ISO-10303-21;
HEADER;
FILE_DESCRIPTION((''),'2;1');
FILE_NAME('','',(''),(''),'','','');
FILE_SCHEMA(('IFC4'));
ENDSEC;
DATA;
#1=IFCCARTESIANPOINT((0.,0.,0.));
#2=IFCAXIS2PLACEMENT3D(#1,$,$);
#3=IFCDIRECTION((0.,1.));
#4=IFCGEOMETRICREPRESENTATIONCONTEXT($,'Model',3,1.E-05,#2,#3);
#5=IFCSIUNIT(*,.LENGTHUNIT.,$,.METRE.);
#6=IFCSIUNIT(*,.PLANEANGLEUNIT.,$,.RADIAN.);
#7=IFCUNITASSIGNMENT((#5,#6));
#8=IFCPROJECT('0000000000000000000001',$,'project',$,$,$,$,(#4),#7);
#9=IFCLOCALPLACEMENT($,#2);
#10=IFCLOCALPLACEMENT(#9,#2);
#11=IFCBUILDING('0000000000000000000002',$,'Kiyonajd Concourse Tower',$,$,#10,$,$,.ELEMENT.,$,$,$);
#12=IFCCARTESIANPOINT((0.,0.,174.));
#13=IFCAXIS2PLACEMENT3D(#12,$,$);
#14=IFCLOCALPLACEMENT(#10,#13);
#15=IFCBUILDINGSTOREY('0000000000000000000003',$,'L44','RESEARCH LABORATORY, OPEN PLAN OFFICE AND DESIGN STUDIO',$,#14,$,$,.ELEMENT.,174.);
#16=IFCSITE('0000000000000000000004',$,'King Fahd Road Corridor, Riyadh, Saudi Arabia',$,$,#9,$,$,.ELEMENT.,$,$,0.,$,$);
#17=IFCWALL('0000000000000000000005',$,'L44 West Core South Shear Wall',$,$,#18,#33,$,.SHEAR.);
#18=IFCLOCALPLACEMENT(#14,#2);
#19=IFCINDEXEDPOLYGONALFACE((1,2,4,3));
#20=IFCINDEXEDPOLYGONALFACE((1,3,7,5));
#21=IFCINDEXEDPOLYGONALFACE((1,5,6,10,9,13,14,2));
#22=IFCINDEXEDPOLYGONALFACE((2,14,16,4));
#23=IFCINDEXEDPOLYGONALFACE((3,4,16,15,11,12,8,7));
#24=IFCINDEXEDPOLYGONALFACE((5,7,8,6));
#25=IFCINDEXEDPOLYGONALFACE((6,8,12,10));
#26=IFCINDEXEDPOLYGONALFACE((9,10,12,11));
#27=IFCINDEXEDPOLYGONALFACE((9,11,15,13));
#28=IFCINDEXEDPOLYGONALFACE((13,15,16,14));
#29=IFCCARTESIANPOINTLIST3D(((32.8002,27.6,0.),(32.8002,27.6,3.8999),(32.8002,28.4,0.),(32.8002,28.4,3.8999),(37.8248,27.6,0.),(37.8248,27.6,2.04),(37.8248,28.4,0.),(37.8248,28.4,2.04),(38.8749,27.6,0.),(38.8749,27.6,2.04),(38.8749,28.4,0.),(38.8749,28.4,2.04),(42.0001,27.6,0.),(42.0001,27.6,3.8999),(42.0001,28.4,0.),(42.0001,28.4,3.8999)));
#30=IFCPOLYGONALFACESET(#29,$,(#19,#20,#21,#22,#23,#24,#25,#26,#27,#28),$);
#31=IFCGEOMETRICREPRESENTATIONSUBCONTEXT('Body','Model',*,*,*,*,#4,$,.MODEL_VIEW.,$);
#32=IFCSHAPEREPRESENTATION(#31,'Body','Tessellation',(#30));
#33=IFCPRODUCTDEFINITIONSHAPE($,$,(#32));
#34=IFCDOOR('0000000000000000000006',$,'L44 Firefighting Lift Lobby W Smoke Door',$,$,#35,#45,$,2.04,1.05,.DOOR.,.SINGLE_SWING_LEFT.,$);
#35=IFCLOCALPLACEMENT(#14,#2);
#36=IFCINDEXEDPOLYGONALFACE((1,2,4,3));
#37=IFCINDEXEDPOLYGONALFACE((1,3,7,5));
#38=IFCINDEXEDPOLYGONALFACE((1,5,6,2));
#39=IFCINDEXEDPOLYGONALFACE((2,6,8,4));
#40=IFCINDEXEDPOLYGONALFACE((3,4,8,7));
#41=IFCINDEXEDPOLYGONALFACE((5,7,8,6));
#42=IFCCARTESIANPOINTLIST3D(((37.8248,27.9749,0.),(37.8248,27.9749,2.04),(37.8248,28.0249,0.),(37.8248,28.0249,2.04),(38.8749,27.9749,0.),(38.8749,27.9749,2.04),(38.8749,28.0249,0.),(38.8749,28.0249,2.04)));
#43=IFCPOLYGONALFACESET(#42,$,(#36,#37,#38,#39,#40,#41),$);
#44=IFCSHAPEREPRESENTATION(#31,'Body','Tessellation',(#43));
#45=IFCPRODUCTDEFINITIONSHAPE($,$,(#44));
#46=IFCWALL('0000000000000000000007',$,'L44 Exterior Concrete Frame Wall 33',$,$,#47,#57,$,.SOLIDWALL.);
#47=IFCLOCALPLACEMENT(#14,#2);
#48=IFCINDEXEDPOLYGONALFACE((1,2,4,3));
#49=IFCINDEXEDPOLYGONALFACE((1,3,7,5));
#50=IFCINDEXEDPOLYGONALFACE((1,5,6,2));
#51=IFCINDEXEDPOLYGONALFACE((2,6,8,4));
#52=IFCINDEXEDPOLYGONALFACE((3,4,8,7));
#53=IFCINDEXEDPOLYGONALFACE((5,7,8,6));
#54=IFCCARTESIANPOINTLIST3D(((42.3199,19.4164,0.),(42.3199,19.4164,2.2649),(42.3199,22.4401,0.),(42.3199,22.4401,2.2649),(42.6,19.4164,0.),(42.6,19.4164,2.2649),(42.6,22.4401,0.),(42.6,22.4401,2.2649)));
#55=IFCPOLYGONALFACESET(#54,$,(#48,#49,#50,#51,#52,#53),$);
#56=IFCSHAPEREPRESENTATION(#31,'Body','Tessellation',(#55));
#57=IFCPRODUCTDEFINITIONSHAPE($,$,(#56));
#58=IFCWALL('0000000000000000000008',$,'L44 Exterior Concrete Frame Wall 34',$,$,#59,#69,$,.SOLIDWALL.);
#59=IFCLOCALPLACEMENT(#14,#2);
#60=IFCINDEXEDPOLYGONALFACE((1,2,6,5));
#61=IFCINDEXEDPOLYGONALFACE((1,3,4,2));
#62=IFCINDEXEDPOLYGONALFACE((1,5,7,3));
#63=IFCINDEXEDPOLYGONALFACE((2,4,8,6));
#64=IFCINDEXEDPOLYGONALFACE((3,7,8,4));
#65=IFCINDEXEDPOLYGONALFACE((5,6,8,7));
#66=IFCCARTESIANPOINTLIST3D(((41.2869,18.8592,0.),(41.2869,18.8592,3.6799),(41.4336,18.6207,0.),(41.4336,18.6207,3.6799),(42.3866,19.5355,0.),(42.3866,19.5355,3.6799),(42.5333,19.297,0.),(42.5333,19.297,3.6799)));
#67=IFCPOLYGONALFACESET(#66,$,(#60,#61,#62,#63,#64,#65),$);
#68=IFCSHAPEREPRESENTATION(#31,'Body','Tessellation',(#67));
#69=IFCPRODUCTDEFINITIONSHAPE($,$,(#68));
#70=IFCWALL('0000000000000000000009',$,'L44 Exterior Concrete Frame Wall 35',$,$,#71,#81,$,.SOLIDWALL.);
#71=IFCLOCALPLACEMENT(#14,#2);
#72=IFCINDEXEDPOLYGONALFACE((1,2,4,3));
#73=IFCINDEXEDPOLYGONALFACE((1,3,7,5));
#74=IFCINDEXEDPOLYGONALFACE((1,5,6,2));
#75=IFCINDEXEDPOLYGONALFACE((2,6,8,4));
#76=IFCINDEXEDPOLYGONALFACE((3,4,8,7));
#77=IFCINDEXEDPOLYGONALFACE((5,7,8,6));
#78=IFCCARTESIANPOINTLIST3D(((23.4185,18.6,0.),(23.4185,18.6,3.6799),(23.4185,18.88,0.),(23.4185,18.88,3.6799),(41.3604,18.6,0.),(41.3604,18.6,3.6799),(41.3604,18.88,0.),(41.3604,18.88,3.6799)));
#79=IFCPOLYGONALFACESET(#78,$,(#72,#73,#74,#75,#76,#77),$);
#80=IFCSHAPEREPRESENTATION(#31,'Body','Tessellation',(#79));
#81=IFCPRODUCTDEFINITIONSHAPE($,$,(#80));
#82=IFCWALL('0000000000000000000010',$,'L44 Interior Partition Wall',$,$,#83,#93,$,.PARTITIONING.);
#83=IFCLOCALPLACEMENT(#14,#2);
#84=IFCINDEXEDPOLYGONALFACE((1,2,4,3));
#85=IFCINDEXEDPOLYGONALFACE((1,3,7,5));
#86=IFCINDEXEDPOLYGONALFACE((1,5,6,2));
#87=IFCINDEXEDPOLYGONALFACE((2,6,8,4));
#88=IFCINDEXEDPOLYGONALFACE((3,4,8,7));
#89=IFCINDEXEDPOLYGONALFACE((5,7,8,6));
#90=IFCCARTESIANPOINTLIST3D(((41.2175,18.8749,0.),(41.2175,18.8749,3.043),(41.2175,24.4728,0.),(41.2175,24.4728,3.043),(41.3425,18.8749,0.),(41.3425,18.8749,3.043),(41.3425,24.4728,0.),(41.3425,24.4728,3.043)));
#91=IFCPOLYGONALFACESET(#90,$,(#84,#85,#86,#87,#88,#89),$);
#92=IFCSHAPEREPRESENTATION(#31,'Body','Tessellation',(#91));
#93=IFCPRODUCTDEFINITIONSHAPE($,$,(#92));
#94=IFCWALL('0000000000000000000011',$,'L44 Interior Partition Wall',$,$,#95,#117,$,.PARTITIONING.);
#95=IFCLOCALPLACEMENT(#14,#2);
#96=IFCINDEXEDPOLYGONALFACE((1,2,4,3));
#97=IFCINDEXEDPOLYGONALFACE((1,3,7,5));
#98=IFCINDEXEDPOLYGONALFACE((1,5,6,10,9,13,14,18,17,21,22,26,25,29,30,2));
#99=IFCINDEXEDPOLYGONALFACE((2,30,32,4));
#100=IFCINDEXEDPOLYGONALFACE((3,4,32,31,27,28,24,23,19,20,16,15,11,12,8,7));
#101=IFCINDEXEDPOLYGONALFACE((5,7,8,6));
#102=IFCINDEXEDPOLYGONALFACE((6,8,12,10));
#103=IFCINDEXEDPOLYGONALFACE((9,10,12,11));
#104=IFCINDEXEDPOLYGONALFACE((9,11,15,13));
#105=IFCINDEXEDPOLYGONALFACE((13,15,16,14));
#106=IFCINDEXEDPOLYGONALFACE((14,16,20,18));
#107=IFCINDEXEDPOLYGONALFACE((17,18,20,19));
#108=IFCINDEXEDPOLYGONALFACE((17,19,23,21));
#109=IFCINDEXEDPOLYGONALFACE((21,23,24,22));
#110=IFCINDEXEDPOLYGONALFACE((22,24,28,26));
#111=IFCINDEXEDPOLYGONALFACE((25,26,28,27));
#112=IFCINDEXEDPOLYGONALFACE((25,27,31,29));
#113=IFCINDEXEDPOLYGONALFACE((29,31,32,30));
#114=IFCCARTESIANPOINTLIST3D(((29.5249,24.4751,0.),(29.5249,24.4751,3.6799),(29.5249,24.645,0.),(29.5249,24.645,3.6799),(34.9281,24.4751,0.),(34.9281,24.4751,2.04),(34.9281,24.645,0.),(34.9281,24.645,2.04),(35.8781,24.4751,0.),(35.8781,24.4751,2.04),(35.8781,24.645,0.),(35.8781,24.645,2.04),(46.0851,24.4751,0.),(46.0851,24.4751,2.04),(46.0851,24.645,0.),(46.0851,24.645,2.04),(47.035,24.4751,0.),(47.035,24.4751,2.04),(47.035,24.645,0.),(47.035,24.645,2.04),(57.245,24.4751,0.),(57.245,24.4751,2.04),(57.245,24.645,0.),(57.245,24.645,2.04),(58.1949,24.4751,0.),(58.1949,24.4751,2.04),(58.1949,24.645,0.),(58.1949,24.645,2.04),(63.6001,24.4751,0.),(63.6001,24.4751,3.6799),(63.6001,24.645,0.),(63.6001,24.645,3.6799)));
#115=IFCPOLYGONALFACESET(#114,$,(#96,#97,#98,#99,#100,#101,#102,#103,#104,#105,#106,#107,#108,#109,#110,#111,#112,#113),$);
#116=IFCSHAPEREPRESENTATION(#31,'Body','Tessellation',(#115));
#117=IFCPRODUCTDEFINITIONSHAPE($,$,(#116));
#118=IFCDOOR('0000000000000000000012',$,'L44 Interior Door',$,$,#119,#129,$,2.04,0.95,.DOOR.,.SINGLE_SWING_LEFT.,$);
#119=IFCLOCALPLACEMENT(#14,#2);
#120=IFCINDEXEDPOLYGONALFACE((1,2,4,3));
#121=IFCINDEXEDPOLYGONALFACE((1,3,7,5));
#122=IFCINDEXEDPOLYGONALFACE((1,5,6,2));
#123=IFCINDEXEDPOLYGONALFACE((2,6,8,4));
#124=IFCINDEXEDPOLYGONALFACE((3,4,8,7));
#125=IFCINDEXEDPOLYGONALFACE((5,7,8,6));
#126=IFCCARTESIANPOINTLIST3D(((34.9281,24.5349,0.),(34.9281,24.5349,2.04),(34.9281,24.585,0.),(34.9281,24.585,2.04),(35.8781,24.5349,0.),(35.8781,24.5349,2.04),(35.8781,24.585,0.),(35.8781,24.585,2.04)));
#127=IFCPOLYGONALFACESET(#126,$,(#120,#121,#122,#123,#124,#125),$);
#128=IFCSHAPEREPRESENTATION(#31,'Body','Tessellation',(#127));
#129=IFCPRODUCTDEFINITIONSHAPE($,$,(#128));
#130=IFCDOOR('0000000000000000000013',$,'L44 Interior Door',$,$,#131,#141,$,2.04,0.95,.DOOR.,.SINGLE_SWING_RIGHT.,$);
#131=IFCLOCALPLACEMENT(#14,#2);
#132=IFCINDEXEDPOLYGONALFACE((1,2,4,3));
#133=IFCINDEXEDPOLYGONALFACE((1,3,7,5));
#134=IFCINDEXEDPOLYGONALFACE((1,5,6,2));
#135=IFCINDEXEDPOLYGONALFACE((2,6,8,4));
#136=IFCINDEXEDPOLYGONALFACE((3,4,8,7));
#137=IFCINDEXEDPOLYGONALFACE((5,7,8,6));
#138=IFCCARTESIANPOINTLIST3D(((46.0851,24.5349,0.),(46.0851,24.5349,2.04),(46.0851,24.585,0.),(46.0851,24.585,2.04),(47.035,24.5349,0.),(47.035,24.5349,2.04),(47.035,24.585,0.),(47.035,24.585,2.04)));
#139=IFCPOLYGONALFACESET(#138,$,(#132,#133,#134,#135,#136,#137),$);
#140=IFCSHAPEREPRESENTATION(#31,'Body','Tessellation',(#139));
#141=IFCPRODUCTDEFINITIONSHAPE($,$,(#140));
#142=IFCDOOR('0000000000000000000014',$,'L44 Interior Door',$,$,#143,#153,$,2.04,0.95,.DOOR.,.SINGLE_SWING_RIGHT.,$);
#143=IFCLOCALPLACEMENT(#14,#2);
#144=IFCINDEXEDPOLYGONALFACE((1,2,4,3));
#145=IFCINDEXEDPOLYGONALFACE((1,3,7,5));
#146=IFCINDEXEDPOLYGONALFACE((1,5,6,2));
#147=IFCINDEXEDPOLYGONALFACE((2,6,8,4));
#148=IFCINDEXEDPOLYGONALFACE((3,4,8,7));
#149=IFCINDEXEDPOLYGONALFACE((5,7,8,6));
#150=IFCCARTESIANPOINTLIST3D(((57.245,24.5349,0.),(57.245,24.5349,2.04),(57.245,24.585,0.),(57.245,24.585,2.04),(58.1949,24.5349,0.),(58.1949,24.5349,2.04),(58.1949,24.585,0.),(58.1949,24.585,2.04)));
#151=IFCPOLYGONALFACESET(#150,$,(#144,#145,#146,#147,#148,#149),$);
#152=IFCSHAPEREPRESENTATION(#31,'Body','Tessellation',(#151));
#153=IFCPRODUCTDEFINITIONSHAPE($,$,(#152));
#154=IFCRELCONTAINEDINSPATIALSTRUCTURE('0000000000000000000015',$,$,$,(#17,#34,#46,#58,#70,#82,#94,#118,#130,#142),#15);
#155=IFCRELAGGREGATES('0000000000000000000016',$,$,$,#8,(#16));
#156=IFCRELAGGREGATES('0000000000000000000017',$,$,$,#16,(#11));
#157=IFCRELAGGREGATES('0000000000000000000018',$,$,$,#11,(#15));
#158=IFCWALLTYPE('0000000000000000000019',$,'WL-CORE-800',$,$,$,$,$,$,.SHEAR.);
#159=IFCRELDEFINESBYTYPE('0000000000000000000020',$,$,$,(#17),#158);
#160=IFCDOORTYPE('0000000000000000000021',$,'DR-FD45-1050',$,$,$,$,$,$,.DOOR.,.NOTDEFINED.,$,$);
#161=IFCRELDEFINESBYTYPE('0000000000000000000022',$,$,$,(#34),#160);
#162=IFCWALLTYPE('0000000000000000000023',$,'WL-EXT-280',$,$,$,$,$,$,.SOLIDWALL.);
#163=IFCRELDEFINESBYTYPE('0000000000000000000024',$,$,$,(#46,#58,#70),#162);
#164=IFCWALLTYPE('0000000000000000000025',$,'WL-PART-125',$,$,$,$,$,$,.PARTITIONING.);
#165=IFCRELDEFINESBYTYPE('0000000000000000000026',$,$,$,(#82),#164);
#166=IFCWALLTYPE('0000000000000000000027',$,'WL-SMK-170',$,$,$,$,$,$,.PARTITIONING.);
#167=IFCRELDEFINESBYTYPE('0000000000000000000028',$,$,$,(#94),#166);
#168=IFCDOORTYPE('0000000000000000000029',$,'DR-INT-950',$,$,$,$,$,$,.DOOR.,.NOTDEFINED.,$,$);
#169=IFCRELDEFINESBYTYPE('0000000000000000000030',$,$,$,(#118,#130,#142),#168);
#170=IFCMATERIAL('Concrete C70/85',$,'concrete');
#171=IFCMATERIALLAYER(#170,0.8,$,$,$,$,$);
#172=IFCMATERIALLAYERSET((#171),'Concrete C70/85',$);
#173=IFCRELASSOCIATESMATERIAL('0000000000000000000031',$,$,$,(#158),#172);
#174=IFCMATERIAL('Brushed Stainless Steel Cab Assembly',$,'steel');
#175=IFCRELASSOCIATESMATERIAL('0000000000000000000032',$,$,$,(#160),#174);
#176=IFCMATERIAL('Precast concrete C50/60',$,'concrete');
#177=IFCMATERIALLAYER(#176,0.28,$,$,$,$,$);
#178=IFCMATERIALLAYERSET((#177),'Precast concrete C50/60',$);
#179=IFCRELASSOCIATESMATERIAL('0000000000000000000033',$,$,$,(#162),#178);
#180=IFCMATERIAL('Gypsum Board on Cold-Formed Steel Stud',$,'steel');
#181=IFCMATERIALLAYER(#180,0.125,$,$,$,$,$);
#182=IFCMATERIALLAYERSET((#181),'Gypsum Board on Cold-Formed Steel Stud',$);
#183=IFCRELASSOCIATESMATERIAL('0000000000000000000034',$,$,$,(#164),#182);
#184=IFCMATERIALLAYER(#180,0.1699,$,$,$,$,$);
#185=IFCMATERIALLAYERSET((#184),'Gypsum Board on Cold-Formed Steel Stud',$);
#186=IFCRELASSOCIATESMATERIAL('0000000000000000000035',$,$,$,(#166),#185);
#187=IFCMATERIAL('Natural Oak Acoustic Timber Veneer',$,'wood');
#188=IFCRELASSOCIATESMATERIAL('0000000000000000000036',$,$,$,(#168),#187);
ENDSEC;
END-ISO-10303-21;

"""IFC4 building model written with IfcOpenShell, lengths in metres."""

from ifc_helpers import new_model, si_unit, direction, frame, frame_2d, origin, place, context, subcontext, project, spatial, rectangle, extrude, material, layer, layer_set, type_object, element, fill, save


model = new_model("IFC4")

# Units and contexts
model_context = context("Model", 3, precision=1e-05, world=origin(), true_north=direction((0.0, 1.0)))
body_context = subcontext(model_context, "Body", "Model", "MODEL_VIEW")
ifc_project = project(units=[si_unit("LENGTHUNIT", "METRE"), si_unit("PLANEANGLEUNIT", "RADIAN")], contexts=[model_context])

# Site, building, storey
site_placement = place(None, origin())
site = spatial("IfcSite", under=ifc_project, at=site_placement, Name="King Fahd Road Corridor, Riyadh, Saudi Arabia", CompositionType="ELEMENT", RefElevation=0.0)
building_placement = place(site_placement, origin())
building = spatial("IfcBuilding", under=site, at=building_placement, Name="Kiyonajd Concourse Tower", CompositionType="ELEMENT")
storey_placement = place(building_placement, frame((0.0, 0.0, 174.0)))
storey = spatial("IfcBuildingStorey", under=building, at=storey_placement, Name="L44", Description="RESEARCH LABORATORY, OPEN PLAN OFFICE AND DESIGN STUDIO", CompositionType="ELEMENT", Elevation=174.0)

# Shared definitions
ifc_material_1 = material(Name="Concrete C70/85", Category="concrete")

# Shared definitions
ifc_layer_1 = layer(ifc_material_1, 0.8)
ifc_layer_set_1 = layer_set([ifc_layer_1], Name="Concrete C70/85")
wall_type_1 = type_object("IfcWallType", Name="WL-CORE-800", PredefinedType="SHEAR", material=ifc_layer_set_1)

# Wall, opening, door
wall_1_placement = place(storey_placement, frame((32.8, 28.0, 0.0), z_axis=(0.0, 0.0, 1.0), x_axis=(1.0, 0.0, 0.0)))
wall_1 = element("IfcWall", 1, at=wall_1_placement, inside=storey, type_object=wall_type_1, Name="L44 West Core South Shear Wall", PredefinedType="SHEAR", context=body_context, shape_type="SweptSolid", body=[
    extrude(rectangle(XDim=9.2, YDim=0.8, at=frame_2d((4.6001, 0.0))), origin(), (0.0, 0.0, 1.0), 3.8999),
])
opening_1_placement = place(wall_1_placement, frame((5.0249, 0.0, 0.0)))
opening_1 = element("IfcOpeningElement", 2, at=opening_1_placement, cuts=wall_1, PredefinedType="OPENING", context=body_context, shape_type="SweptSolid", body=[
    extrude(rectangle(XDim=1.05, YDim=2.04, at=frame_2d((0.5249, 1.02))), frame((0.0, 0.4099, 0.0), z_axis=(0.0, -1.0, 0.0), x_axis=(1.0, 0.0, 0.0)), (0.0, 0.0, 1.0), 0.8201),
])
ifc_material_2 = material(Name="Brushed Stainless Steel Cab Assembly", Category="steel")
door_type_1 = type_object("IfcDoorType", Name="DR-FD45-1050", OperationType="NOTDEFINED", PredefinedType="DOOR", material=ifc_material_2)
door_1_placement = place(opening_1_placement, origin())
door_1 = element("IfcDoor", 3, at=door_1_placement, inside=storey, type_object=door_type_1, Name="L44 Firefighting Lift Lobby W Smoke Door", OperationType="SINGLE_SWING_LEFT", OverallHeight=2.04, OverallWidth=1.05, PredefinedType="DOOR", context=body_context, shape_type="SweptSolid", body=[
    extrude(rectangle(XDim=1.05, YDim=2.04, at=frame_2d((0.5249, 1.02))), frame((0.0, 0.0249, 0.0), z_axis=(0.0, -1.0, 0.0), x_axis=(1.0, 0.0, 0.0)), (0.0, 0.0, 1.0), 0.05),
])
fill(opening_1, door_1)

# Walls
ifc_material_3 = material(Name="Precast concrete C50/60", Category="concrete")
ifc_layer_2 = layer(ifc_material_3, 0.28)
ifc_layer_set_2 = layer_set([ifc_layer_2], Name="Precast concrete C50/60")
wall_type_2 = type_object("IfcWallType", Name="WL-EXT-280", PredefinedType="SOLIDWALL", material=ifc_layer_set_2)
wall_2_placement = place(storey_placement, frame((42.46, 22.4399, 0.0), z_axis=(0.0, 0.0, 1.0), x_axis=(0.0, -1.0, 0.0)))
element("IfcWall", 4, at=wall_2_placement, inside=storey, type_object=wall_type_2, Name="L44 Exterior Concrete Frame Wall 33", PredefinedType="SOLIDWALL", context=body_context, shape_type="SweptSolid", body=[
    extrude(rectangle(XDim=3.0237, YDim=0.28, at=frame_2d((1.5117, 0.0))), origin(), (0.0, 0.0, 1.0), 2.2649),
])
wall_3_placement = place(storey_placement, frame((42.46, 19.4163, 0.0), z_axis=(0.0, 0.0, 1.0), x_axis=(-0.851801, -0.523865, 0.0)))
element("IfcWall", 5, at=wall_3_placement, inside=storey, type_object=wall_type_2, Name="L44 Exterior Concrete Frame Wall 34", PredefinedType="SOLIDWALL", context=body_context, shape_type="SweptSolid", body=[
    extrude(rectangle(XDim=1.291, YDim=0.28, at=frame_2d((0.6455, 0.0))), origin(), (0.0, 0.0, 1.0), 3.6799),
])
wall_4_placement = place(storey_placement, frame((41.3604, 18.74, 0.0), z_axis=(0.0, 0.0, 1.0), x_axis=(-1.0, 0.0, 0.0)))
element("IfcWall", 6, at=wall_4_placement, inside=storey, type_object=wall_type_2, Name="L44 Exterior Concrete Frame Wall 35", PredefinedType="SOLIDWALL", context=body_context, shape_type="SweptSolid", body=[
    extrude(rectangle(XDim=17.9419, YDim=0.28, at=frame_2d((8.9709, 0.0))), origin(), (0.0, 0.0, 1.0), 3.6799),
])
ifc_material_4 = material(Name="Gypsum Board on Cold-Formed Steel Stud", Category="steel")
ifc_layer_3 = layer(ifc_material_4, 0.125)
ifc_layer_set_3 = layer_set([ifc_layer_3], Name="Gypsum Board on Cold-Formed Steel Stud")
wall_type_3 = type_object("IfcWallType", Name="WL-PART-125", PredefinedType="PARTITIONING", material=ifc_layer_set_3)
wall_5_placement = place(storey_placement, frame((41.28, 18.875, 0.0), z_axis=(0.0, 0.0, 1.0), x_axis=(0.0, 1.0, 0.0)))
element("IfcWall", 7, at=wall_5_placement, inside=storey, type_object=wall_type_3, Name="L44 Interior Partition Wall", PredefinedType="PARTITIONING", context=body_context, shape_type="SweptSolid", body=[
    extrude(rectangle(XDim=5.5979, YDim=0.125, at=frame_2d((2.7988, 0.0))), origin(), (0.0, 0.0, 1.0), 3.043),
])

# Wall, openings, doors
ifc_layer_4 = layer(ifc_material_4, 0.1699)
ifc_layer_set_4 = layer_set([ifc_layer_4], Name="Gypsum Board on Cold-Formed Steel Stud")
wall_type_4 = type_object("IfcWallType", Name="WL-SMK-170", PredefinedType="PARTITIONING", material=ifc_layer_set_4)
wall_6_placement = place(storey_placement, frame((29.5249, 24.5601, 0.0), z_axis=(0.0, 0.0, 1.0), x_axis=(1.0, 0.0, 0.0)))
wall_6 = element("IfcWall", 8, at=wall_6_placement, inside=storey, type_object=wall_type_4, Name="L44 Interior Partition Wall", PredefinedType="PARTITIONING", context=body_context, shape_type="SweptSolid", body=[
    extrude(rectangle(XDim=34.0752, YDim=0.1699, at=frame_2d((17.0376, 0.0))), origin(), (0.0, 0.0, 1.0), 3.6799),
])
opening_2_placement = place(wall_6_placement, frame((5.4031, 0.0, 0.0)))
opening_2 = element("IfcOpeningElement", 9, at=opening_2_placement, cuts=wall_6, PredefinedType="OPENING", context=body_context, shape_type="SweptSolid", body=[
    extrude(rectangle(XDim=0.95, YDim=2.04, at=frame_2d((0.4751, 1.02))), frame((0.0, 0.095, 0.0), z_axis=(0.0, -1.0, 0.0), x_axis=(1.0, 0.0, 0.0)), (0.0, 0.0, 1.0), 0.1899),
])
opening_3_placement = place(wall_6_placement, frame((16.5601, 0.0, 0.0)))
opening_3 = element("IfcOpeningElement", 10, at=opening_3_placement, cuts=wall_6, PredefinedType="OPENING", context=body_context, shape_type="SweptSolid", body=[
    extrude(rectangle(XDim=0.95, YDim=2.04, at=frame_2d((0.4751, 1.02))), frame((0.0, 0.095, 0.0), z_axis=(0.0, -1.0, 0.0), x_axis=(1.0, 0.0, 0.0)), (0.0, 0.0, 1.0), 0.1899),
])
opening_4_placement = place(wall_6_placement, frame((27.72, 0.0, 0.0)))
opening_4 = element("IfcOpeningElement", 11, at=opening_4_placement, cuts=wall_6, PredefinedType="OPENING", context=body_context, shape_type="SweptSolid", body=[
    extrude(rectangle(XDim=0.95, YDim=2.04, at=frame_2d((0.4751, 1.02))), frame((0.0, 0.095, 0.0), z_axis=(0.0, -1.0, 0.0), x_axis=(1.0, 0.0, 0.0)), (0.0, 0.0, 1.0), 0.1899),
])
ifc_material_5 = material(Name="Natural Oak Acoustic Timber Veneer", Category="wood")
door_type_2 = type_object("IfcDoorType", Name="DR-INT-950", OperationType="NOTDEFINED", PredefinedType="DOOR", material=ifc_material_5)
door_2_placement = place(opening_2_placement, origin())
door_2 = element("IfcDoor", 12, at=door_2_placement, inside=storey, type_object=door_type_2, Name="L44 Interior Door", OperationType="SINGLE_SWING_LEFT", OverallHeight=2.04, OverallWidth=0.95, PredefinedType="DOOR", context=body_context, shape_type="SweptSolid", body=[
    extrude(rectangle(XDim=0.95, YDim=2.04, at=frame_2d((0.4751, 1.02))), frame((0.0, 0.0249, 0.0), z_axis=(0.0, -1.0, 0.0), x_axis=(1.0, 0.0, 0.0)), (0.0, 0.0, 1.0), 0.05),
])
fill(opening_2, door_2)
door_3_placement = place(opening_3_placement, origin())
door_3 = element("IfcDoor", 13, at=door_3_placement, inside=storey, type_object=door_type_2, Name="L44 Interior Door", OperationType="SINGLE_SWING_RIGHT", OverallHeight=2.04, OverallWidth=0.95, PredefinedType="DOOR", context=body_context, shape_type="SweptSolid", body=[
    extrude(rectangle(XDim=0.95, YDim=2.04, at=frame_2d((0.4751, 1.02))), frame((0.0, 0.0249, 0.0), z_axis=(0.0, -1.0, 0.0), x_axis=(1.0, 0.0, 0.0)), (0.0, 0.0, 1.0), 0.05),
])
fill(opening_3, door_3)
door_4_placement = place(opening_4_placement, origin())
door_4 = element("IfcDoor", 14, at=door_4_placement, inside=storey, type_object=door_type_2, Name="L44 Interior Door", OperationType="SINGLE_SWING_RIGHT", OverallHeight=2.04, OverallWidth=0.95, PredefinedType="DOOR", context=body_context, shape_type="SweptSolid", body=[
    extrude(rectangle(XDim=0.95, YDim=2.04, at=frame_2d((0.4751, 1.02))), frame((0.0, 0.0249, 0.0), z_axis=(0.0, -1.0, 0.0), x_axis=(1.0, 0.0, 0.0)), (0.0, 0.0, 1.0), 0.05),
])
fill(opening_4, door_4)

save(model, "model.ifc")
